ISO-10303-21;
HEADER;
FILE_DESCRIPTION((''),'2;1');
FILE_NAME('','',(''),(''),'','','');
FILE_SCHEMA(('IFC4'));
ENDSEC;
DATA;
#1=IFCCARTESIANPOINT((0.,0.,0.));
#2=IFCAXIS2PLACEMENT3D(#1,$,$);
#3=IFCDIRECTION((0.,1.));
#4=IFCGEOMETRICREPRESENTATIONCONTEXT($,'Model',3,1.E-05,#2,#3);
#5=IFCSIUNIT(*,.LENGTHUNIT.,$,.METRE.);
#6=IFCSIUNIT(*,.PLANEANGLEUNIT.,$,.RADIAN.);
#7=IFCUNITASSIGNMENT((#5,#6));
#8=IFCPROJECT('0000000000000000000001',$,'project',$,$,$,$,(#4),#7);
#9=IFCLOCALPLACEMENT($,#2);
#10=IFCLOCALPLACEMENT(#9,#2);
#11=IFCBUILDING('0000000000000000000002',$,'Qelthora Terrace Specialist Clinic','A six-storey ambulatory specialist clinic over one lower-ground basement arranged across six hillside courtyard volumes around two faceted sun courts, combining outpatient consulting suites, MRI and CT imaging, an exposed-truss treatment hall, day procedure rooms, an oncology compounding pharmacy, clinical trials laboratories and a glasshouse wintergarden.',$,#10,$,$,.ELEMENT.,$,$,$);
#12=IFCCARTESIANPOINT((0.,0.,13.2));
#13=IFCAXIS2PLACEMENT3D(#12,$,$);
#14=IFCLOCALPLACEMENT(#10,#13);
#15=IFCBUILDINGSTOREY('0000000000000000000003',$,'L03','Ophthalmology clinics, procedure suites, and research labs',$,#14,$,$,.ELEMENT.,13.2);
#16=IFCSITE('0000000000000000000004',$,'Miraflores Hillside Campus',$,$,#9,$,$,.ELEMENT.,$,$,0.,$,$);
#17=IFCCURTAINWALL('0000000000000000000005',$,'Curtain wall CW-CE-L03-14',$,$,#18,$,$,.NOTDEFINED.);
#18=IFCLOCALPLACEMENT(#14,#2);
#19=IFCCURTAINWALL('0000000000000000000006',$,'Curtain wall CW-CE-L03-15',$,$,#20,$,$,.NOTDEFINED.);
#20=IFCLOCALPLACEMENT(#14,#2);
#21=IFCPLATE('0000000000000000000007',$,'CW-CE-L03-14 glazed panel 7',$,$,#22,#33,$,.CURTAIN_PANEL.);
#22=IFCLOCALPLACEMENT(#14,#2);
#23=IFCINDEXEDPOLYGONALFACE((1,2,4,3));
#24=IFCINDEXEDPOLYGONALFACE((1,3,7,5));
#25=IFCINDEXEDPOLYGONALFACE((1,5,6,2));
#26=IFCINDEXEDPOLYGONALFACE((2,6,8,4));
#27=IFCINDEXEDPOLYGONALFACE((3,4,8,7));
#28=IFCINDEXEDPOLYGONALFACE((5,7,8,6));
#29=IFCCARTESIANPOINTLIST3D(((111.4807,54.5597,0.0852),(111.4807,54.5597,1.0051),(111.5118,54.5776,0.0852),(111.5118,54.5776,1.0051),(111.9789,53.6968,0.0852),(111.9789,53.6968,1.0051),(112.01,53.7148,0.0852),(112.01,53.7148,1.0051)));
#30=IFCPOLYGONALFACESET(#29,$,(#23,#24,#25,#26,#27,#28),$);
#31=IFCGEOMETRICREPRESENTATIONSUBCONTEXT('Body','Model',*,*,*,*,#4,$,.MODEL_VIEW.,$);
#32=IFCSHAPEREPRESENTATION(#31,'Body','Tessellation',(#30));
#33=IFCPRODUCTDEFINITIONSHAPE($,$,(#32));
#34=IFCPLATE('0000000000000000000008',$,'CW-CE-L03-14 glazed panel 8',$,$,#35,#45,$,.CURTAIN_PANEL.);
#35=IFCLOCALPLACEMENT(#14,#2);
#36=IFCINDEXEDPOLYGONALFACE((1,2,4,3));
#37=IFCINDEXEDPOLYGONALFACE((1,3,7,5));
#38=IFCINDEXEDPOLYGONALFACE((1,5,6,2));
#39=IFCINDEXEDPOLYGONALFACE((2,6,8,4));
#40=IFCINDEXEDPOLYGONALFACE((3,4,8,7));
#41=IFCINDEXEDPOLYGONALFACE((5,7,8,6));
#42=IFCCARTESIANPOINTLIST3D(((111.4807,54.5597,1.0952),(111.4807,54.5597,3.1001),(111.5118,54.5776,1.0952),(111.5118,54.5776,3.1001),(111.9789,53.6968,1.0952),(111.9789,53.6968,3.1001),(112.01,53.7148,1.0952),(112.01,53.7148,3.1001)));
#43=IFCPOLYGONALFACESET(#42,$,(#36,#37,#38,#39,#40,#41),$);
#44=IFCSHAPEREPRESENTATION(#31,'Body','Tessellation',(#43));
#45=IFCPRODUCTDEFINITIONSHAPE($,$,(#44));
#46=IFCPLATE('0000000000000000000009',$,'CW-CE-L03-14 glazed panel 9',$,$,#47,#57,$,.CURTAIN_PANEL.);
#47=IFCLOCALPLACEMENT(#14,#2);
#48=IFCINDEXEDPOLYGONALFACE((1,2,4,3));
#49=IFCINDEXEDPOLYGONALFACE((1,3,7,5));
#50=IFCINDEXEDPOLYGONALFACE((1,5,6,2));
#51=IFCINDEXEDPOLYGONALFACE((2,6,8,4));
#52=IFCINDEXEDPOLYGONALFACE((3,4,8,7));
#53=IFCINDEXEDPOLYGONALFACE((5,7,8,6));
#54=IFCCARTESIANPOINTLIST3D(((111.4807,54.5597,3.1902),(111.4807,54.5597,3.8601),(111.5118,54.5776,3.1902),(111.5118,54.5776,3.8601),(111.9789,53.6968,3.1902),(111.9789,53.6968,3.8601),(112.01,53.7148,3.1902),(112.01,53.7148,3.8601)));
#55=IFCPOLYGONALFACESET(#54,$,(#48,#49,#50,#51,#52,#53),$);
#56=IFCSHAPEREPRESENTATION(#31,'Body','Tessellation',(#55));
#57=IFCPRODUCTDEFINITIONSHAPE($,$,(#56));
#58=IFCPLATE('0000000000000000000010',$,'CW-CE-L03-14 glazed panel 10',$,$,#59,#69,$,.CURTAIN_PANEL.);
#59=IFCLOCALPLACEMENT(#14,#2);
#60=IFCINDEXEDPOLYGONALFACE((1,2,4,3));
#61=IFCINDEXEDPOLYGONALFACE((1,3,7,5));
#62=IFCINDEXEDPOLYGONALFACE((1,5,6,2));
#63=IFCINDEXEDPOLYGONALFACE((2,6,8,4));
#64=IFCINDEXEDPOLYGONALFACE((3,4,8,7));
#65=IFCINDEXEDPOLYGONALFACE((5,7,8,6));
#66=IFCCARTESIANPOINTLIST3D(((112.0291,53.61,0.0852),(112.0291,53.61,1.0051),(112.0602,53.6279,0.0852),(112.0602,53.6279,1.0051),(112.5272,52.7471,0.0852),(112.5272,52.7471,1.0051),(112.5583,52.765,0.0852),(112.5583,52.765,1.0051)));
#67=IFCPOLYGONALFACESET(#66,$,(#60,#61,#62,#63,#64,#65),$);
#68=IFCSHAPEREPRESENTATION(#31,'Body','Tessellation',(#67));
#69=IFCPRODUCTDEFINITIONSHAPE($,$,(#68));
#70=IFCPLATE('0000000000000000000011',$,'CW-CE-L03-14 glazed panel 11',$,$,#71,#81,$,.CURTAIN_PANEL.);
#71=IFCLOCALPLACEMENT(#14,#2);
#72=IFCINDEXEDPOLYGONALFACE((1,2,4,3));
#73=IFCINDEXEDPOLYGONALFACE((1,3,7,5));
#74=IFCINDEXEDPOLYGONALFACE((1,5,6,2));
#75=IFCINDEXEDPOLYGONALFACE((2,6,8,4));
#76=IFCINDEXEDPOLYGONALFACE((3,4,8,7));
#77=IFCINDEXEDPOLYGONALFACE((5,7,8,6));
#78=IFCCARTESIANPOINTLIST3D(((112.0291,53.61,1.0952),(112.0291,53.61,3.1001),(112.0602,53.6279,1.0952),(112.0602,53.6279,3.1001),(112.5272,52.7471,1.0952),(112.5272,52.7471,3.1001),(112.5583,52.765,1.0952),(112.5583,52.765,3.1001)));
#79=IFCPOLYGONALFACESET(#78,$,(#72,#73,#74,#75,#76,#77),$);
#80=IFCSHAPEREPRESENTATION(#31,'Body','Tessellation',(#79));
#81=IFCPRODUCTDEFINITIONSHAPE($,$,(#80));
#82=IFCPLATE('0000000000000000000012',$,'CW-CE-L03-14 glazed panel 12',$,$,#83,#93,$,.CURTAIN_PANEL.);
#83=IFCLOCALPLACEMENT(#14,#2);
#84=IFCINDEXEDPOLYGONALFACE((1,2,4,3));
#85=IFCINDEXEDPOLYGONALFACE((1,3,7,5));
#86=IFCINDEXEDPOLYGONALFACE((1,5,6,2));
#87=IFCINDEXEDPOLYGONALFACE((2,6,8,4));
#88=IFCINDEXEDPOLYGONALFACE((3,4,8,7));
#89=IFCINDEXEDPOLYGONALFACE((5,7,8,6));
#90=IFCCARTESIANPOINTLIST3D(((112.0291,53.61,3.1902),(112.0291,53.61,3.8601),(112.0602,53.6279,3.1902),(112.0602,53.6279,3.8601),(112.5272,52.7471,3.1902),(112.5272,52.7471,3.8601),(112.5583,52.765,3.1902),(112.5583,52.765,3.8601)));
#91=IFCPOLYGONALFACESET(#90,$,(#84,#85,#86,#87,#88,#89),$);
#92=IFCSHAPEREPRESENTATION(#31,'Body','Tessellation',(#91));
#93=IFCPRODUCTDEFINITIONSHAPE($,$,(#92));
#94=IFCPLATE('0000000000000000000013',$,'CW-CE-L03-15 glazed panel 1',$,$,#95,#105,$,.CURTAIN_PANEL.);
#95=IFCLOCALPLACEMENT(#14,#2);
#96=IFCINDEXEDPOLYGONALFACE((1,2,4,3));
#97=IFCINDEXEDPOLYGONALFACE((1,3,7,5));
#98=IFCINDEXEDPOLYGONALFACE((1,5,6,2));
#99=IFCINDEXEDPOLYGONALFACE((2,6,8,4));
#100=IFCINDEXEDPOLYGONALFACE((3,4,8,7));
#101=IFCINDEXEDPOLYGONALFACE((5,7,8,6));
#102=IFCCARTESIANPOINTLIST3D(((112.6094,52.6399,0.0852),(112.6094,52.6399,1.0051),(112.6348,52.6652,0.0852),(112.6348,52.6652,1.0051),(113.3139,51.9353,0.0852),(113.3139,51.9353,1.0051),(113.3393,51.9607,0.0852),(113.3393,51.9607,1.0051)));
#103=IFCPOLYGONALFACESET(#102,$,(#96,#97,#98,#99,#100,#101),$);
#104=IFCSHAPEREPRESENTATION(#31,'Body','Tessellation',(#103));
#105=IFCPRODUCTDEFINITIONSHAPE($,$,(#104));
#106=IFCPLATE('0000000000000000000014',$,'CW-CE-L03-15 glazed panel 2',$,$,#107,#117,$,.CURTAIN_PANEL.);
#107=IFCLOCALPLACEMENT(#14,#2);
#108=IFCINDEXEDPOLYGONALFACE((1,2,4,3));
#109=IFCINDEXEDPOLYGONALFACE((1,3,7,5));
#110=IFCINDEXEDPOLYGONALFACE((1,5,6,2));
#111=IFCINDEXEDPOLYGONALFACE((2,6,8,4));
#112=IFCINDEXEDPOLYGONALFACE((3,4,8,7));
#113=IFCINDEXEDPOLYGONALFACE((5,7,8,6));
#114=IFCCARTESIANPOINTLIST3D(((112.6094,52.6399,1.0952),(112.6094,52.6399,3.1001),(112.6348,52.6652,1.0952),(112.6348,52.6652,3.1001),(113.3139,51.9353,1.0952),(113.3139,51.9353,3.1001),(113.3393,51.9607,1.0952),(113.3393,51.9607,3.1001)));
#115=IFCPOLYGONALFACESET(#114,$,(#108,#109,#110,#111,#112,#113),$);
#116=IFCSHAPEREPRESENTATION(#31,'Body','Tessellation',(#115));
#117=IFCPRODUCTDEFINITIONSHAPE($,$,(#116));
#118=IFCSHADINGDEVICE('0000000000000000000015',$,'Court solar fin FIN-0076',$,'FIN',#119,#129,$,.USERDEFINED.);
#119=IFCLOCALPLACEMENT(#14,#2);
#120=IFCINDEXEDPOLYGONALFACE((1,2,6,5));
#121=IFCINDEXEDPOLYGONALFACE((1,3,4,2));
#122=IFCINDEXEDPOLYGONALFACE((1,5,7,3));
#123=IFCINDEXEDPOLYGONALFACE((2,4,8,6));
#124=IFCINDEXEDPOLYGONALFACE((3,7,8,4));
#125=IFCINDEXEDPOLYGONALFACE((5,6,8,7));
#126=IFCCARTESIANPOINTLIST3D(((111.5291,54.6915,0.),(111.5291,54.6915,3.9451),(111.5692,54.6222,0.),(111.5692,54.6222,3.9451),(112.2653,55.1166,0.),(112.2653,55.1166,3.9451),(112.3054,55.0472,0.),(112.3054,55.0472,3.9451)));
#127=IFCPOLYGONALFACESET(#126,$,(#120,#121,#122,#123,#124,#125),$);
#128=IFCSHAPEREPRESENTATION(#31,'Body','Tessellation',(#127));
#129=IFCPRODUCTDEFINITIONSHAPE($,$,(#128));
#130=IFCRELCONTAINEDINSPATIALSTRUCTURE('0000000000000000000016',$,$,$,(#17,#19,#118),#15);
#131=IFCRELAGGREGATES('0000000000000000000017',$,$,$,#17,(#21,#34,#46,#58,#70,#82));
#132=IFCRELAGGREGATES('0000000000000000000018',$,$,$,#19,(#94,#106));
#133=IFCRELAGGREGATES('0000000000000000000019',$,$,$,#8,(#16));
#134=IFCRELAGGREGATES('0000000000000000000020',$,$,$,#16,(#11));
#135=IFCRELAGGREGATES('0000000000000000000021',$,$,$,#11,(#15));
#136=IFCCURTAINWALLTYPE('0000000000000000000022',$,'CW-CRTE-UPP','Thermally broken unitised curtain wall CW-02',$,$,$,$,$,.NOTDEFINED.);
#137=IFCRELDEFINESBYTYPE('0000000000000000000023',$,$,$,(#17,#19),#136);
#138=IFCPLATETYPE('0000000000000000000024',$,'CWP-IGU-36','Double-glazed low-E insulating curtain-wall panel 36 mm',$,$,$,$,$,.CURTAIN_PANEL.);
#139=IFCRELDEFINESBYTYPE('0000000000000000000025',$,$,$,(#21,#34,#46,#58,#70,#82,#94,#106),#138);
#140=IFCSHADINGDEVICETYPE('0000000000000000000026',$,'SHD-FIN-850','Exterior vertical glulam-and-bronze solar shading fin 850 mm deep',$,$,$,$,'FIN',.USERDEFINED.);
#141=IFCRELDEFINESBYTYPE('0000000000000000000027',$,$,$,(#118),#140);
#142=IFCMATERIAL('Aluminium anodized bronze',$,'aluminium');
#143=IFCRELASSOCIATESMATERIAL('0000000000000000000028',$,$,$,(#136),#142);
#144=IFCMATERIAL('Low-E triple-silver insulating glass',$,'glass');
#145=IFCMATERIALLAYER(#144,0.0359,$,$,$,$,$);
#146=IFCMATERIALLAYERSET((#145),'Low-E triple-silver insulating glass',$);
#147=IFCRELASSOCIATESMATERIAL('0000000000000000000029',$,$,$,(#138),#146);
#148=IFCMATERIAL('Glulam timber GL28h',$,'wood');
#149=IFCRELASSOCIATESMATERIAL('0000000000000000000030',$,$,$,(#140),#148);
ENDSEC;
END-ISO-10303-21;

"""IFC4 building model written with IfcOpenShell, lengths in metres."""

from ifc_helpers import new_model, si_unit, direction, frame, origin, origin_2d, place, context, subcontext, project, spatial, rectangle, extrude, material, layer, layer_set, type_object, element, aggregate, save


model = new_model("IFC4")

# Units and contexts
model_context = context("Model", 3, precision=1e-05, world=origin(), true_north=direction((0.0, 1.0)))
body_context = subcontext(model_context, "Body", "Model", "MODEL_VIEW")
ifc_project = project(units=[si_unit("LENGTHUNIT", "METRE"), si_unit("PLANEANGLEUNIT", "RADIAN")], contexts=[model_context])

# Site, building, storey
site_placement = place(None, origin())
site = spatial("IfcSite", under=ifc_project, at=site_placement, Name="Miraflores Hillside Campus", CompositionType="ELEMENT", RefElevation=0.0)
building_placement = place(site_placement, origin())
building = spatial("IfcBuilding", under=site, at=building_placement, Name="Qelthora Terrace Specialist Clinic", Description="A six-storey ambulatory specialist clinic over one lower-ground basement arranged across six hillside courtyard volumes around two faceted sun courts, combining outpatient consulting suites, MRI and CT imaging, an exposed-truss treatment hall, day procedure rooms, an oncology compounding pharmacy, clinical trials laboratories and a glasshouse wintergarden.", CompositionType="ELEMENT")
storey_placement = place(building_placement, frame((0.0, 0.0, 13.2)))
storey = spatial("IfcBuildingStorey", under=building, at=storey_placement, Name="L03", Description="Ophthalmology clinics, procedure suites, and research labs", CompositionType="ELEMENT", Elevation=13.2)

# Curtain walls
ifc_material_1 = material(Name="Aluminium anodized bronze", Category="aluminium")
curtain_wall_type = type_object("IfcCurtainWallType", Name="CW-CRTE-UPP", Description="Thermally broken unitised curtain wall CW-02", PredefinedType="NOTDEFINED", material=ifc_material_1)
curtain_wall_1_placement = place(storey_placement, origin())
curtain_wall_1 = element("IfcCurtainWall", 1, at=curtain_wall_1_placement, inside=storey, type_object=curtain_wall_type, Name="Curtain wall CW-CE-L03-14", PredefinedType="NOTDEFINED")
curtain_wall_2_placement = place(storey_placement, origin())
curtain_wall_2 = element("IfcCurtainWall", 2, at=curtain_wall_2_placement, inside=storey, type_object=curtain_wall_type, Name="Curtain wall CW-CE-L03-15", PredefinedType="NOTDEFINED")

# Plates
ifc_material_2 = material(Name="Low-E triple-silver insulating glass", Category="glass")
ifc_layer = layer(ifc_material_2, 0.0359)
ifc_layer_set = layer_set([ifc_layer], Name="Low-E triple-silver insulating glass")
plate_type = type_object("IfcPlateType", Name="CWP-IGU-36", Description="Double-glazed low-E insulating curtain-wall panel 36 mm", PredefinedType="CURTAIN_PANEL", material=ifc_layer_set)
plate_1_placement = place(storey_placement, frame((111.7454, 54.1372, 0.0852), z_axis=(0.0, 0.0, 1.0), x_axis=(0.5, -0.866025, 0.0)))
plate_1 = element("IfcPlate", 3, at=plate_1_placement, type_object=plate_type, Name="CW-CE-L03-14 glazed panel 7", PredefinedType="CURTAIN_PANEL", context=body_context, shape_type="SweptSolid", body=[
    extrude(rectangle(XDim=0.9963, YDim=0.0359, at=origin_2d()), origin(), (0.0, 0.0, 1.0), 0.9199),
])
plate_2_placement = place(storey_placement, frame((111.7454, 54.1372, 1.0952), z_axis=(0.0, 0.0, 1.0), x_axis=(0.5, -0.866025, 0.0)))
plate_2 = element("IfcPlate", 4, at=plate_2_placement, type_object=plate_type, Name="CW-CE-L03-14 glazed panel 8", PredefinedType="CURTAIN_PANEL", context=body_context, shape_type="SweptSolid", body=[
    extrude(rectangle(XDim=0.9963, YDim=0.0359, at=origin_2d()), origin(), (0.0, 0.0, 1.0), 2.0049),
])
plate_3_placement = place(storey_placement, frame((111.7454, 54.1372, 3.1902), z_axis=(0.0, 0.0, 1.0), x_axis=(0.5, -0.866025, 0.0)))
plate_3 = element("IfcPlate", 5, at=plate_3_placement, type_object=plate_type, Name="CW-CE-L03-14 glazed panel 9", PredefinedType="CURTAIN_PANEL", context=body_context, shape_type="SweptSolid", body=[
    extrude(rectangle(XDim=0.9963, YDim=0.0359, at=origin_2d()), origin(), (0.0, 0.0, 1.0), 0.6699),
])
plate_4_placement = place(storey_placement, frame((112.2937, 53.1875, 0.0852), z_axis=(0.0, 0.0, 1.0), x_axis=(0.5, -0.866025, 0.0)))
plate_4 = element("IfcPlate", 6, at=plate_4_placement, type_object=plate_type, Name="CW-CE-L03-14 glazed panel 10", PredefinedType="CURTAIN_PANEL", context=body_context, shape_type="SweptSolid", body=[
    extrude(rectangle(XDim=0.9963, YDim=0.0359, at=origin_2d()), origin(), (0.0, 0.0, 1.0), 0.9199),
])
plate_5_placement = place(storey_placement, frame((112.2937, 53.1875, 1.0952), z_axis=(0.0, 0.0, 1.0), x_axis=(0.5, -0.866025, 0.0)))
plate_5 = element("IfcPlate", 7, at=plate_5_placement, type_object=plate_type, Name="CW-CE-L03-14 glazed panel 11", PredefinedType="CURTAIN_PANEL", context=body_context, shape_type="SweptSolid", body=[
    extrude(rectangle(XDim=0.9963, YDim=0.0359, at=origin_2d()), origin(), (0.0, 0.0, 1.0), 2.0049),
])
plate_6_placement = place(storey_placement, frame((112.2937, 53.1875, 3.1902), z_axis=(0.0, 0.0, 1.0), x_axis=(0.5, -0.866025, 0.0)))
plate_6 = element("IfcPlate", 8, at=plate_6_placement, type_object=plate_type, Name="CW-CE-L03-14 glazed panel 12", PredefinedType="CURTAIN_PANEL", context=body_context, shape_type="SweptSolid", body=[
    extrude(rectangle(XDim=0.9963, YDim=0.0359, at=origin_2d()), origin(), (0.0, 0.0, 1.0), 0.6699),
])
aggregate(curtain_wall_1, [plate_1, plate_2, plate_3, plate_4, plate_5, plate_6])
plate_7_placement = place(storey_placement, frame((112.9744, 52.3003, 0.0852), z_axis=(0.0, 0.0, 1.0), x_axis=(0.707107, -0.707107, 0.0)))
plate_7 = element("IfcPlate", 9, at=plate_7_placement, type_object=plate_type, Name="CW-CE-L03-15 glazed panel 1", PredefinedType="CURTAIN_PANEL", context=body_context, shape_type="SweptSolid", body=[
    extrude(rectangle(XDim=0.9963, YDim=0.0359, at=origin_2d()), origin(), (0.0, 0.0, 1.0), 0.9199),
])
plate_8_placement = place(storey_placement, frame((112.9744, 52.3003, 1.0952), z_axis=(0.0, 0.0, 1.0), x_axis=(0.707107, -0.707107, 0.0)))
plate_8 = element("IfcPlate", 10, at=plate_8_placement, type_object=plate_type, Name="CW-CE-L03-15 glazed panel 2", PredefinedType="CURTAIN_PANEL", context=body_context, shape_type="SweptSolid", body=[
    extrude(rectangle(XDim=0.9963, YDim=0.0359, at=origin_2d()), origin(), (0.0, 0.0, 1.0), 2.0049),
])
aggregate(curtain_wall_2, [plate_7, plate_8])

# Shading device
ifc_material_3 = material(Name="Glulam timber GL28h", Category="wood")
shading_device_type = type_object("IfcShadingDeviceType", Name="SHD-FIN-850", Description="Exterior vertical glulam-and-bronze solar shading fin 850 mm deep", ElementType="FIN", PredefinedType="USERDEFINED", material=ifc_material_3)
shading_device_placement = place(storey_placement, frame((111.9172, 54.8694, 0.0), z_axis=(0.0, 0.0, 1.0), x_axis=(0.866025, 0.5, 0.0)))
element("IfcShadingDevice", 11, at=shading_device_placement, inside=storey, type_object=shading_device_type, Name="Court solar fin FIN-0076", ObjectType="FIN", PredefinedType="USERDEFINED", context=body_context, shape_type="SweptSolid", body=[
    extrude(rectangle(XDim=0.8501, YDim=0.0801, at=origin_2d()), origin(), (0.0, 0.0, 1.0), 3.9451),
])

save(model, "model.ifc")
